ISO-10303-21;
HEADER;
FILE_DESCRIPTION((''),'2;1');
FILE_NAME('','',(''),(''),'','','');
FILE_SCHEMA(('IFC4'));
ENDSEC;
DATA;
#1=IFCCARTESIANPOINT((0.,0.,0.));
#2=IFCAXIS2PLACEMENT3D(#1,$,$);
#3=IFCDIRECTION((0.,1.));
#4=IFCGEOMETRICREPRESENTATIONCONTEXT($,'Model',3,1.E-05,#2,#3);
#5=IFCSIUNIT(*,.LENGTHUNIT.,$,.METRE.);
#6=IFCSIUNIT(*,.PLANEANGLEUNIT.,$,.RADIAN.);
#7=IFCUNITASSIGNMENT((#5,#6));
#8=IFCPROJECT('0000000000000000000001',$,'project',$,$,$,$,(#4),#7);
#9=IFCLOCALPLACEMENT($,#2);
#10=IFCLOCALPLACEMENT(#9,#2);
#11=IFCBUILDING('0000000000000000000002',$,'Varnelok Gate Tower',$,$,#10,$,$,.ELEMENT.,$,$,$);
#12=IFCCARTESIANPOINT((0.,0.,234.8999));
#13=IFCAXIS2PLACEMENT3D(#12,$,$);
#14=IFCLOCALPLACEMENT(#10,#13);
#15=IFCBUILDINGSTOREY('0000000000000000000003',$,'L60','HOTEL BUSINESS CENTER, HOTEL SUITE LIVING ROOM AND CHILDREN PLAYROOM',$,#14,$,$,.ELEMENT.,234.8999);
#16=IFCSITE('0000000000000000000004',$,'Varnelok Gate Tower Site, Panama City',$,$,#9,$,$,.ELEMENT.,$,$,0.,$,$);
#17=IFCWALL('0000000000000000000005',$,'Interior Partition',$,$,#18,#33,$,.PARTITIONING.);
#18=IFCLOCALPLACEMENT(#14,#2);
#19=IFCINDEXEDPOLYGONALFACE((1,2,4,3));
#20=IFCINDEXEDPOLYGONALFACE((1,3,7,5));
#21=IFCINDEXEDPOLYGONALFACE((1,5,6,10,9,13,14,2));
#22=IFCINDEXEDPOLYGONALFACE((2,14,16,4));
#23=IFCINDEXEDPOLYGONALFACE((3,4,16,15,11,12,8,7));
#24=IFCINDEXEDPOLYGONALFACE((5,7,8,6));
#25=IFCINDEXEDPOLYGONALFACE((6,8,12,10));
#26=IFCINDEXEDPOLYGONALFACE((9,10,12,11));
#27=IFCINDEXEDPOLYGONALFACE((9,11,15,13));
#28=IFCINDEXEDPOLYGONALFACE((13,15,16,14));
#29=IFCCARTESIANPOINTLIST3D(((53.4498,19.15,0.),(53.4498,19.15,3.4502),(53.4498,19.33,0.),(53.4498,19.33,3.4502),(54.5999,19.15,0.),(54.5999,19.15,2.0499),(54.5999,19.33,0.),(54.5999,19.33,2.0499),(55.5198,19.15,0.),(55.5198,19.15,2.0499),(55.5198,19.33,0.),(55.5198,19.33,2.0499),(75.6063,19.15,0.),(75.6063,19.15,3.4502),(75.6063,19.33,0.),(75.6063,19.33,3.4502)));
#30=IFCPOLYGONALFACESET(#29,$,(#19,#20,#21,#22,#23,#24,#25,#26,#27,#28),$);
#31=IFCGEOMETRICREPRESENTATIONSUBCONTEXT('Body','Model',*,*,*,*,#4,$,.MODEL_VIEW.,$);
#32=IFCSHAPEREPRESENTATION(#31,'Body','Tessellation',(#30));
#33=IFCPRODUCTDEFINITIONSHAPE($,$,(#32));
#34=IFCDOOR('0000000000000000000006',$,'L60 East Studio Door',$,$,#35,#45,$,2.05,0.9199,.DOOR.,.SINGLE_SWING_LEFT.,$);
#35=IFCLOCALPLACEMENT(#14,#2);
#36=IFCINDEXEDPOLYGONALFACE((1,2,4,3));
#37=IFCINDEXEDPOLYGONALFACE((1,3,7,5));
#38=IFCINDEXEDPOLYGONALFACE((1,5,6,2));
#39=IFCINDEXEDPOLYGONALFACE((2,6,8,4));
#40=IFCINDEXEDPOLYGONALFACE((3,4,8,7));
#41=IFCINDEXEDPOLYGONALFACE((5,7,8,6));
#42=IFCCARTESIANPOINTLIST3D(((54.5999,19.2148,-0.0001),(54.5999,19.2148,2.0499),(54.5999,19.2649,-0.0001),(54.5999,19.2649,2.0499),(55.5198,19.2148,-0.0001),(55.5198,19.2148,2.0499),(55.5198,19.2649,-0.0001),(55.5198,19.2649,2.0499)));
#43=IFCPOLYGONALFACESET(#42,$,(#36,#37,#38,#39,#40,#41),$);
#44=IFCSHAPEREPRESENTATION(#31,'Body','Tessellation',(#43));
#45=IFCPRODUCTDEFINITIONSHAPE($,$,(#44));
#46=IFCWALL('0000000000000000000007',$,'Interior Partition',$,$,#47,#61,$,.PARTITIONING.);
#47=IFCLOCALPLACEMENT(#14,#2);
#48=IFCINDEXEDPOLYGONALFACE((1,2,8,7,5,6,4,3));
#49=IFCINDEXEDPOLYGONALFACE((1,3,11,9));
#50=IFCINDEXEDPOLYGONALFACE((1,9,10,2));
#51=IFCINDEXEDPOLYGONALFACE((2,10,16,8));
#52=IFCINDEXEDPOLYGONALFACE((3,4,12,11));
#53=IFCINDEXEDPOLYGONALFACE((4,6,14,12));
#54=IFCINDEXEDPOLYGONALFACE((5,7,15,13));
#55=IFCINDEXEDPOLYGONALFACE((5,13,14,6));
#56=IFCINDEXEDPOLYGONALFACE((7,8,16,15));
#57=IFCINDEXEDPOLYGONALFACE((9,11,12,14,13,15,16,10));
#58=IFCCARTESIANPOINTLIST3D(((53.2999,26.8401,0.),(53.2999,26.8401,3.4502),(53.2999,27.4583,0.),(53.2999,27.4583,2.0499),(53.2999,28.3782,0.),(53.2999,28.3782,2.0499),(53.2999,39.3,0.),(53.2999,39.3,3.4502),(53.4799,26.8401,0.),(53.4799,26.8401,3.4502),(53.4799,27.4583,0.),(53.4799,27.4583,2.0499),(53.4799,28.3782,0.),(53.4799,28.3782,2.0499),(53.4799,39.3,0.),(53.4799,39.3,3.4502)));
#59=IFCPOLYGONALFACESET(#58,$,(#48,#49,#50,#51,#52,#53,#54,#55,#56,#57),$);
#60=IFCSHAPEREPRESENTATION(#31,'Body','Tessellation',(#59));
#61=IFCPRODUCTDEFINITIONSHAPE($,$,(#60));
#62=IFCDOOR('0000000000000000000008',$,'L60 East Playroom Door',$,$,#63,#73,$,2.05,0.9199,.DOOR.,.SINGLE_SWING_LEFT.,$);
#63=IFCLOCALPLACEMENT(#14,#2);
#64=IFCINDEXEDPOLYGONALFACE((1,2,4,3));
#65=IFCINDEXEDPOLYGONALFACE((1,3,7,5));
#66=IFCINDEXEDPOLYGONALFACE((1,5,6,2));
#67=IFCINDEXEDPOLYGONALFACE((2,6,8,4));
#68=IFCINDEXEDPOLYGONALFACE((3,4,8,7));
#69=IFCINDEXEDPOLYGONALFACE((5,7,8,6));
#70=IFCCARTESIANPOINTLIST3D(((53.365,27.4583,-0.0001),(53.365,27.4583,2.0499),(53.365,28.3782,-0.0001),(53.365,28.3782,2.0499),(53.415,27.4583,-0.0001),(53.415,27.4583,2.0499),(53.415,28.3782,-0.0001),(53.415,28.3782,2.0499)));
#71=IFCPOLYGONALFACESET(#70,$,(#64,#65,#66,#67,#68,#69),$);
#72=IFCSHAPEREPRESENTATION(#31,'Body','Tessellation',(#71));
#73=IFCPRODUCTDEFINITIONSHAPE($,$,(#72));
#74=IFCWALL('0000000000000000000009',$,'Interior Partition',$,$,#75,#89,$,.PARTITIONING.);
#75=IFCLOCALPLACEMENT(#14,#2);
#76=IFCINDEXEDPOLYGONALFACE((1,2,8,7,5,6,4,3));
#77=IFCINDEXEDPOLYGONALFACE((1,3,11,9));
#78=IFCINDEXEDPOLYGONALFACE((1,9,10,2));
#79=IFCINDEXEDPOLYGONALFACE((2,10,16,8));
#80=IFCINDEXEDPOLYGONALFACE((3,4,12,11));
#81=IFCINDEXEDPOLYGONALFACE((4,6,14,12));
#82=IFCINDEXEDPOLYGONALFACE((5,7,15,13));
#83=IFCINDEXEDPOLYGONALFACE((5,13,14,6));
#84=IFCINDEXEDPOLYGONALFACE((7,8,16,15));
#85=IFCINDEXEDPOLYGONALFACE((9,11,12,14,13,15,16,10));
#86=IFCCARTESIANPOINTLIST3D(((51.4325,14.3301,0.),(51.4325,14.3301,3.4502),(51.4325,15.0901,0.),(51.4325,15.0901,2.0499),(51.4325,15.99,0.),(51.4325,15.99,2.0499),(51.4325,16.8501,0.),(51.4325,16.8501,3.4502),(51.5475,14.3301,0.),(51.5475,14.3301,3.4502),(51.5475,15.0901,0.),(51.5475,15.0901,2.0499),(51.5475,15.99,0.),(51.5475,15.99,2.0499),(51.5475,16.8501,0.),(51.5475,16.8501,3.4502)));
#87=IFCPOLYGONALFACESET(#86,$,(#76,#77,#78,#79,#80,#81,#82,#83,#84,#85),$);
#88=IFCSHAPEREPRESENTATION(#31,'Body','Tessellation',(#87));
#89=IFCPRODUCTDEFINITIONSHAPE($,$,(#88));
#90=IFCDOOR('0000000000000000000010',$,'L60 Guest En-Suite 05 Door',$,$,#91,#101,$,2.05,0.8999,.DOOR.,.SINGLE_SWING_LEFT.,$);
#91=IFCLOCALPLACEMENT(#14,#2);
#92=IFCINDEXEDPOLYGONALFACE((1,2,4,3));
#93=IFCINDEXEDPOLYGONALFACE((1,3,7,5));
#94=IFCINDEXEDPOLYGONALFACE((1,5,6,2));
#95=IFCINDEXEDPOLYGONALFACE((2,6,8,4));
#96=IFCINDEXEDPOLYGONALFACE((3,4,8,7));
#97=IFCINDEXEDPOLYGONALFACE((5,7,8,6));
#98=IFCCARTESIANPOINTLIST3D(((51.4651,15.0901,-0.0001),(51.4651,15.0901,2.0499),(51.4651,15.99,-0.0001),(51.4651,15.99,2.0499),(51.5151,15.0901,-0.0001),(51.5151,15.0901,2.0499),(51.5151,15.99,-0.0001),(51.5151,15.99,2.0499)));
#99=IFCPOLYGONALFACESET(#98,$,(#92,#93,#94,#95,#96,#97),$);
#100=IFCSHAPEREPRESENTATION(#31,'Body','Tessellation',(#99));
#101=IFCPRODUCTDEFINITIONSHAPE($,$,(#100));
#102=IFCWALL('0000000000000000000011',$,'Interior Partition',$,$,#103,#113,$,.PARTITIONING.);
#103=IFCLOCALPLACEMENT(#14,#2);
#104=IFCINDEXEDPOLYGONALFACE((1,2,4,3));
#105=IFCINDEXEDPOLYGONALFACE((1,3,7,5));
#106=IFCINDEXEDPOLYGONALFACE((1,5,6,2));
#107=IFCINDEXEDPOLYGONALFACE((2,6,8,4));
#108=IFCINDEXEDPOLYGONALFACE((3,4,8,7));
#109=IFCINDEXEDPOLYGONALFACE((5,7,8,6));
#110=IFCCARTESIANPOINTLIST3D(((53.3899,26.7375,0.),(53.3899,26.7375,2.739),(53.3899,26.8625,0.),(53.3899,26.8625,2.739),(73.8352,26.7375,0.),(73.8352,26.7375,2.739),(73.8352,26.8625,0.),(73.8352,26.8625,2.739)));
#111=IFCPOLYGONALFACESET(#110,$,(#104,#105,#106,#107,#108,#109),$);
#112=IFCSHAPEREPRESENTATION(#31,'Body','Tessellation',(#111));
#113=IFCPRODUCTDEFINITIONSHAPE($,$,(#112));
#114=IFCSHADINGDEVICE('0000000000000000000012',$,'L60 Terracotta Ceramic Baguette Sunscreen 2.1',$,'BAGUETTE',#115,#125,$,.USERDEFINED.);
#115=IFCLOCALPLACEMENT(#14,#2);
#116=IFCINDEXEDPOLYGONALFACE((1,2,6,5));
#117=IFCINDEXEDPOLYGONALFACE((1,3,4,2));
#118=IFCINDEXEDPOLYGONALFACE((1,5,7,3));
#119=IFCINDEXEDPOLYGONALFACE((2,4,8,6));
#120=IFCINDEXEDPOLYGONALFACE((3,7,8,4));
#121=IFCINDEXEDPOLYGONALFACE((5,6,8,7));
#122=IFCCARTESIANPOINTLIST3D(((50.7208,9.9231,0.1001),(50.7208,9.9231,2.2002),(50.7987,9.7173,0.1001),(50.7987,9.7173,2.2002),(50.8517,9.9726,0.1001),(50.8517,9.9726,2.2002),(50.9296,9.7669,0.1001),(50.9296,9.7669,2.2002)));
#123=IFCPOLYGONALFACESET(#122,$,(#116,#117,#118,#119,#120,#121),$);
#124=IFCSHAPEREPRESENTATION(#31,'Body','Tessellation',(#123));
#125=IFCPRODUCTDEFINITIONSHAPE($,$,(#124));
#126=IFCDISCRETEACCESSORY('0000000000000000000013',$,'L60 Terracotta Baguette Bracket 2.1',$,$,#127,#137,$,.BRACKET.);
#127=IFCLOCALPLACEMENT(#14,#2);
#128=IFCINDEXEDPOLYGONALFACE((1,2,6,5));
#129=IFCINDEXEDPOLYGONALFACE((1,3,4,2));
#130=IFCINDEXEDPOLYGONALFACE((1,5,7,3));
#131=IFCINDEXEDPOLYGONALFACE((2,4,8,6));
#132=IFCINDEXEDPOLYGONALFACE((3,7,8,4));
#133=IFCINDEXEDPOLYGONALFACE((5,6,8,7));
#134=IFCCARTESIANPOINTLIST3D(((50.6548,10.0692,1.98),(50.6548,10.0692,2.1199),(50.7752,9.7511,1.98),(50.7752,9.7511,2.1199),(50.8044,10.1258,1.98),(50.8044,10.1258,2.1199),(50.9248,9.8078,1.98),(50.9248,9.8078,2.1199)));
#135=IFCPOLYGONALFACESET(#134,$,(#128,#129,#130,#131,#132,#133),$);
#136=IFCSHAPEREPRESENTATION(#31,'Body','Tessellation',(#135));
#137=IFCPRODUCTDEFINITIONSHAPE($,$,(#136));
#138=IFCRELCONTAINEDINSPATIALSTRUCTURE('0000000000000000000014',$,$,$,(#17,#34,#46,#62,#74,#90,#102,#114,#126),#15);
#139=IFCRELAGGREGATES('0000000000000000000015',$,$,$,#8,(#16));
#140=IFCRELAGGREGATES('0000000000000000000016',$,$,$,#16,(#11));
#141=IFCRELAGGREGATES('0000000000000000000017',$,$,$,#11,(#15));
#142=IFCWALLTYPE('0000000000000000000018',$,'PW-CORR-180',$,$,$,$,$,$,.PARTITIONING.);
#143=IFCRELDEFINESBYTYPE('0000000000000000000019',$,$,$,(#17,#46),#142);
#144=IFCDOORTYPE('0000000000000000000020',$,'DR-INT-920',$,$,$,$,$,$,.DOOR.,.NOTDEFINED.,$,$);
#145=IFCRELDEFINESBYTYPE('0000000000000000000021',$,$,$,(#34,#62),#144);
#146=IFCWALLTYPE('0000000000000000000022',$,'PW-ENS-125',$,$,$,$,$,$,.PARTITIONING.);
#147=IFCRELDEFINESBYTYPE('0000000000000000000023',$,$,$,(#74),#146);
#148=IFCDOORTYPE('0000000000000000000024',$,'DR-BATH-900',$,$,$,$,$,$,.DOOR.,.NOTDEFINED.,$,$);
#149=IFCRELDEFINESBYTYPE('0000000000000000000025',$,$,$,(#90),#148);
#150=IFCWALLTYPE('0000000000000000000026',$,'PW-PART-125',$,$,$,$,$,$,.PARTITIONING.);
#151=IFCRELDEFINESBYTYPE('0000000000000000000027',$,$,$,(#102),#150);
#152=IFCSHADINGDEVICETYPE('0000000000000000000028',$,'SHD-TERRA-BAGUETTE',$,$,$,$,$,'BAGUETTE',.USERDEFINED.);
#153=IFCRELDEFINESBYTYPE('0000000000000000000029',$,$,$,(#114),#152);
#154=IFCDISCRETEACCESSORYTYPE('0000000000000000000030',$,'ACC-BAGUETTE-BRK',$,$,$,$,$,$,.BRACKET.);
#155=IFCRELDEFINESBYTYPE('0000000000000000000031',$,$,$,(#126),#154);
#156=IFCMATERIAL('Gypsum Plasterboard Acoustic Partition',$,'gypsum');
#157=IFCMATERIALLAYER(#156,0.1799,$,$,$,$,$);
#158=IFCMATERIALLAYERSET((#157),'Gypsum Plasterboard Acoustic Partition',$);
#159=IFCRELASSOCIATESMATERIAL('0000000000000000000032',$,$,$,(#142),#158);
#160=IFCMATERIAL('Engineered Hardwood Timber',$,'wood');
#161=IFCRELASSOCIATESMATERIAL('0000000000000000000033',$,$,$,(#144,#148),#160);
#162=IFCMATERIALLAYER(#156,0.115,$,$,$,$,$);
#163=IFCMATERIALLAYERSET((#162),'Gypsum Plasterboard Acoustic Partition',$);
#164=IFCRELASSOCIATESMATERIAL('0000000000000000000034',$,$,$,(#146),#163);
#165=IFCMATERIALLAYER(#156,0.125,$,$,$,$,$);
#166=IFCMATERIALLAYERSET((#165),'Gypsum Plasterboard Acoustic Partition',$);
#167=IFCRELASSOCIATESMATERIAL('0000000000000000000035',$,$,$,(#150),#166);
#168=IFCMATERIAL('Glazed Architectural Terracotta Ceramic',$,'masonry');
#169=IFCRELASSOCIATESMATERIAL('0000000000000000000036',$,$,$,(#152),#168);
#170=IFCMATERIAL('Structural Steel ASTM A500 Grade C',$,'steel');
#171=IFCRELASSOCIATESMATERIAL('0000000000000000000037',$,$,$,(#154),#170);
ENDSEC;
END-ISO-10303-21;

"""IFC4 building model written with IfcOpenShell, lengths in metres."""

from ifc_helpers import new_model, si_unit, direction, frame, frame_2d, origin, origin_2d, place, context, subcontext, project, spatial, rectangle, extrude, source, transform, mapped, material, layer, layer_set, type_object, element, fill, save


model = new_model("IFC4")

# Units and contexts
model_context = context("Model", 3, precision=1e-05, world=origin(), true_north=direction((0.0, 1.0)))
body_context = subcontext(model_context, "Body", "Model", "MODEL_VIEW")
ifc_project = project(units=[si_unit("LENGTHUNIT", "METRE"), si_unit("PLANEANGLEUNIT", "RADIAN")], contexts=[model_context])

# Site, building, storey
site_placement = place(None, origin())
site = spatial("IfcSite", under=ifc_project, at=site_placement, Name="Varnelok Gate Tower Site, Panama City", CompositionType="ELEMENT", RefElevation=0.0)
building_placement = place(site_placement, origin())
building = spatial("IfcBuilding", under=site, at=building_placement, Name="Varnelok Gate Tower", CompositionType="ELEMENT")
storey_placement = place(building_placement, frame((0.0, 0.0, 234.8999)))
storey = spatial("IfcBuildingStorey", under=building, at=storey_placement, Name="L60", Description="HOTEL BUSINESS CENTER, HOTEL SUITE LIVING ROOM AND CHILDREN PLAYROOM", CompositionType="ELEMENT", Elevation=234.8999)

# Walls, openings, doors
ifc_material_1 = material(Name="Gypsum Plasterboard Acoustic Partition", Category="gypsum")
ifc_layer_1 = layer(ifc_material_1, 0.1799)
ifc_layer_set_1 = layer_set([ifc_layer_1], Name="Gypsum Plasterboard Acoustic Partition")
wall_type_1 = type_object("IfcWallType", Name="PW-CORR-180", PredefinedType="PARTITIONING", material=ifc_layer_set_1)
wall_1_placement = place(storey_placement, frame((53.45, 19.24, 0.0), z_axis=(0.0, 0.0, 1.0), x_axis=(1.0, 0.0, 0.0)))
wall_1 = element("IfcWall", 1, at=wall_1_placement, inside=storey, type_object=wall_type_1, Name="Interior Partition", PredefinedType="PARTITIONING", context=body_context, shape_type="SweptSolid", body=[
    extrude(rectangle(XDim=22.1565, YDim=0.1799, at=frame_2d((11.0781, 0.0))), origin(), (0.0, 0.0, 1.0), 3.4502),
])
opening_1_placement = place(wall_1_placement, frame((1.1499, 0.0, 0.0)))
opening_1 = element("IfcOpeningElement", 2, at=opening_1_placement, cuts=wall_1, PredefinedType="OPENING", context=body_context, shape_type="SweptSolid", body=[
    extrude(rectangle(XDim=0.9199, YDim=2.05, at=frame_2d((0.46, 1.0249))), frame((0.0, 0.0999, 0.0), z_axis=(0.0, -1.0, 0.0), x_axis=(1.0, 0.0, 0.0)), (0.0, 0.0, 1.0), 0.2),
])
ifc_material_2 = material(Name="Engineered Hardwood Timber", Category="wood")
door_type_1 = type_object("IfcDoorType", Name="DR-INT-920", OperationType="NOTDEFINED", PredefinedType="DOOR", material=ifc_material_2)
door_1_placement = place(opening_1_placement, origin())
door_1 = element("IfcDoor", 3, at=door_1_placement, inside=storey, type_object=door_type_1, Name="L60 East Studio Door", OperationType="SINGLE_SWING_LEFT", OverallHeight=2.05, OverallWidth=0.9199, PredefinedType="DOOR", context=body_context, shape_type="SweptSolid", body=[
    extrude(rectangle(XDim=0.9199, YDim=2.05, at=frame_2d((0.46, 1.0249))), frame((0.0, 0.0249, 0.0), z_axis=(0.0, -1.0, 0.0), x_axis=(1.0, 0.0, 0.0)), (0.0, 0.0, 1.0), 0.05),
])
fill(opening_1, door_1)
wall_2_placement = place(storey_placement, frame((53.3899, 26.8401, 0.0), z_axis=(0.0, 0.0, 1.0), x_axis=(0.0, 1.0, 0.0)))
wall_2 = element("IfcWall", 4, at=wall_2_placement, inside=storey, type_object=wall_type_1, Name="Interior Partition", PredefinedType="PARTITIONING", context=body_context, shape_type="SweptSolid", body=[
    extrude(rectangle(XDim=12.46, YDim=0.1799, at=frame_2d((6.23, 0.0))), origin(), (0.0, 0.0, 1.0), 3.4502),
])
opening_2_placement = place(wall_2_placement, frame((0.6182, 0.0, 0.0)))
opening_2 = element("IfcOpeningElement", 5, at=opening_2_placement, cuts=wall_2, PredefinedType="OPENING", context=body_context, shape_type="SweptSolid", body=[
    extrude(rectangle(XDim=0.9199, YDim=2.05, at=frame_2d((0.46, 1.0249))), frame((0.0, 0.0999, 0.0), z_axis=(0.0, -1.0, 0.0), x_axis=(1.0, 0.0, 0.0)), (0.0, 0.0, 1.0), 0.2),
])
door_2_placement = place(opening_2_placement, origin())
door_2 = element("IfcDoor", 6, at=door_2_placement, inside=storey, type_object=door_type_1, Name="L60 East Playroom Door", OperationType="SINGLE_SWING_LEFT", OverallHeight=2.05, OverallWidth=0.9199, PredefinedType="DOOR", context=body_context, shape_type="SweptSolid", body=[
    extrude(rectangle(XDim=0.9199, YDim=2.05, at=frame_2d((0.46, 1.0249))), frame((0.0, 0.0249, 0.0), z_axis=(0.0, -1.0, 0.0), x_axis=(1.0, 0.0, 0.0)), (0.0, 0.0, 1.0), 0.05),
])
fill(opening_2, door_2)
ifc_layer_2 = layer(ifc_material_1, 0.115)
ifc_layer_set_2 = layer_set([ifc_layer_2], Name="Gypsum Plasterboard Acoustic Partition")
wall_type_2 = type_object("IfcWallType", Name="PW-ENS-125", PredefinedType="PARTITIONING", material=ifc_layer_set_2)
wall_3_placement = place(storey_placement, frame((51.49, 14.3301, 0.0), z_axis=(0.0, 0.0, 1.0), x_axis=(0.0, 1.0, 0.0)))
wall_3 = element("IfcWall", 7, at=wall_3_placement, inside=storey, type_object=wall_type_2, Name="Interior Partition", PredefinedType="PARTITIONING", context=body_context, shape_type="SweptSolid", body=[
    extrude(rectangle(XDim=2.52, YDim=0.115, at=frame_2d((1.26, 0.0))), origin(), (0.0, 0.0, 1.0), 3.4502),
])
opening_3_placement = place(wall_3_placement, frame((0.76, 0.0, 0.0)))
opening_3 = element("IfcOpeningElement", 8, at=opening_3_placement, cuts=wall_3, PredefinedType="OPENING", context=body_context, shape_type="SweptSolid", body=[
    extrude(rectangle(XDim=0.8999, YDim=2.05, at=frame_2d((0.45, 1.0249))), frame((0.0, 0.0674, 0.0), z_axis=(0.0, -1.0, 0.0), x_axis=(1.0, 0.0, 0.0)), (0.0, 0.0, 1.0), 0.135),
])
door_type_2 = type_object("IfcDoorType", Name="DR-BATH-900", OperationType="NOTDEFINED", PredefinedType="DOOR", material=ifc_material_2)
door_3_placement = place(opening_3_placement, origin())
door_3 = element("IfcDoor", 9, at=door_3_placement, inside=storey, type_object=door_type_2, Name="L60 Guest En-Suite 05 Door", OperationType="SINGLE_SWING_LEFT", OverallHeight=2.05, OverallWidth=0.8999, PredefinedType="DOOR", context=body_context, shape_type="SweptSolid", body=[
    extrude(rectangle(XDim=0.8999, YDim=2.05, at=frame_2d((0.45, 1.0249))), frame((0.0, 0.0249, 0.0), z_axis=(0.0, -1.0, 0.0), x_axis=(1.0, 0.0, 0.0)), (0.0, 0.0, 1.0), 0.05),
])
fill(opening_3, door_3)

# Wall
ifc_layer_3 = layer(ifc_material_1, 0.125)
ifc_layer_set_3 = layer_set([ifc_layer_3], Name="Gypsum Plasterboard Acoustic Partition")
wall_type_3 = type_object("IfcWallType", Name="PW-PART-125", PredefinedType="PARTITIONING", material=ifc_layer_set_3)
wall_4_placement = place(storey_placement, frame((53.3899, 26.8, 0.0), z_axis=(0.0, 0.0, 1.0), x_axis=(1.0, 0.0, 0.0)))
element("IfcWall", 10, at=wall_4_placement, inside=storey, type_object=wall_type_3, Name="Interior Partition", PredefinedType="PARTITIONING", context=body_context, shape_type="SweptSolid", body=[
    extrude(rectangle(XDim=20.4453, YDim=0.125, at=frame_2d((10.2227, 0.0))), origin(), (0.0, 0.0, 1.0), 2.739),
])

# Shading device
ifc_material_3 = material(Name="Glazed Architectural Terracotta Ceramic", Category="masonry")
shading_device_type = type_object("IfcShadingDeviceType", Name="SHD-TERRA-BAGUETTE", ElementType="BAGUETTE", PredefinedType="USERDEFINED", material=ifc_material_3)
shared_shape_1 = source(origin(), body_context, "Body", "SweptSolid", [
    extrude(rectangle(XDim=0.1399, YDim=0.22, at=origin_2d()), origin(), (0.0, 0.0, 1.0), 2.1001),
])
shading_device_placement = place(storey_placement, frame((50.8252, 9.845, 0.1001), z_axis=(0.0, 0.0, 1.0), x_axis=(0.935222, 0.354063, 0.0)))
element("IfcShadingDevice", 11, at=shading_device_placement, inside=storey, type_object=shading_device_type, Name="L60 Terracotta Ceramic Baguette Sunscreen 2.1", ObjectType="BAGUETTE", PredefinedType="USERDEFINED", context=body_context, shape_type="MappedRepresentation", body=[
    mapped(shared_shape_1, transform((0.0, 0.0, 0.0), scale=1.0)),
])

# Discrete accessory
ifc_material_4 = material(Name="Structural Steel ASTM A500 Grade C", Category="steel")
discrete_accessory_type = type_object("IfcDiscreteAccessoryType", Name="ACC-BAGUETTE-BRK", PredefinedType="BRACKET", material=ifc_material_4)
shared_shape_2 = source(origin(), body_context, "Body", "SweptSolid", [
    extrude(rectangle(XDim=0.1599, YDim=0.3401, at=origin_2d()), origin(), (0.0, 0.0, 1.0), 0.1399),
])
discrete_accessory_placement = place(storey_placement, frame((50.7898, 9.9385, 1.98), z_axis=(0.0, 0.0, 1.0), x_axis=(0.935222, 0.354063, 0.0)))
element("IfcDiscreteAccessory", 12, at=discrete_accessory_placement, inside=storey, type_object=discrete_accessory_type, Name="L60 Terracotta Baguette Bracket 2.1", PredefinedType="BRACKET", context=body_context, shape_type="MappedRepresentation", body=[
    mapped(shared_shape_2, transform((0.0, 0.0, 0.0), scale=1.0)),
])

save(model, "model.ifc")
